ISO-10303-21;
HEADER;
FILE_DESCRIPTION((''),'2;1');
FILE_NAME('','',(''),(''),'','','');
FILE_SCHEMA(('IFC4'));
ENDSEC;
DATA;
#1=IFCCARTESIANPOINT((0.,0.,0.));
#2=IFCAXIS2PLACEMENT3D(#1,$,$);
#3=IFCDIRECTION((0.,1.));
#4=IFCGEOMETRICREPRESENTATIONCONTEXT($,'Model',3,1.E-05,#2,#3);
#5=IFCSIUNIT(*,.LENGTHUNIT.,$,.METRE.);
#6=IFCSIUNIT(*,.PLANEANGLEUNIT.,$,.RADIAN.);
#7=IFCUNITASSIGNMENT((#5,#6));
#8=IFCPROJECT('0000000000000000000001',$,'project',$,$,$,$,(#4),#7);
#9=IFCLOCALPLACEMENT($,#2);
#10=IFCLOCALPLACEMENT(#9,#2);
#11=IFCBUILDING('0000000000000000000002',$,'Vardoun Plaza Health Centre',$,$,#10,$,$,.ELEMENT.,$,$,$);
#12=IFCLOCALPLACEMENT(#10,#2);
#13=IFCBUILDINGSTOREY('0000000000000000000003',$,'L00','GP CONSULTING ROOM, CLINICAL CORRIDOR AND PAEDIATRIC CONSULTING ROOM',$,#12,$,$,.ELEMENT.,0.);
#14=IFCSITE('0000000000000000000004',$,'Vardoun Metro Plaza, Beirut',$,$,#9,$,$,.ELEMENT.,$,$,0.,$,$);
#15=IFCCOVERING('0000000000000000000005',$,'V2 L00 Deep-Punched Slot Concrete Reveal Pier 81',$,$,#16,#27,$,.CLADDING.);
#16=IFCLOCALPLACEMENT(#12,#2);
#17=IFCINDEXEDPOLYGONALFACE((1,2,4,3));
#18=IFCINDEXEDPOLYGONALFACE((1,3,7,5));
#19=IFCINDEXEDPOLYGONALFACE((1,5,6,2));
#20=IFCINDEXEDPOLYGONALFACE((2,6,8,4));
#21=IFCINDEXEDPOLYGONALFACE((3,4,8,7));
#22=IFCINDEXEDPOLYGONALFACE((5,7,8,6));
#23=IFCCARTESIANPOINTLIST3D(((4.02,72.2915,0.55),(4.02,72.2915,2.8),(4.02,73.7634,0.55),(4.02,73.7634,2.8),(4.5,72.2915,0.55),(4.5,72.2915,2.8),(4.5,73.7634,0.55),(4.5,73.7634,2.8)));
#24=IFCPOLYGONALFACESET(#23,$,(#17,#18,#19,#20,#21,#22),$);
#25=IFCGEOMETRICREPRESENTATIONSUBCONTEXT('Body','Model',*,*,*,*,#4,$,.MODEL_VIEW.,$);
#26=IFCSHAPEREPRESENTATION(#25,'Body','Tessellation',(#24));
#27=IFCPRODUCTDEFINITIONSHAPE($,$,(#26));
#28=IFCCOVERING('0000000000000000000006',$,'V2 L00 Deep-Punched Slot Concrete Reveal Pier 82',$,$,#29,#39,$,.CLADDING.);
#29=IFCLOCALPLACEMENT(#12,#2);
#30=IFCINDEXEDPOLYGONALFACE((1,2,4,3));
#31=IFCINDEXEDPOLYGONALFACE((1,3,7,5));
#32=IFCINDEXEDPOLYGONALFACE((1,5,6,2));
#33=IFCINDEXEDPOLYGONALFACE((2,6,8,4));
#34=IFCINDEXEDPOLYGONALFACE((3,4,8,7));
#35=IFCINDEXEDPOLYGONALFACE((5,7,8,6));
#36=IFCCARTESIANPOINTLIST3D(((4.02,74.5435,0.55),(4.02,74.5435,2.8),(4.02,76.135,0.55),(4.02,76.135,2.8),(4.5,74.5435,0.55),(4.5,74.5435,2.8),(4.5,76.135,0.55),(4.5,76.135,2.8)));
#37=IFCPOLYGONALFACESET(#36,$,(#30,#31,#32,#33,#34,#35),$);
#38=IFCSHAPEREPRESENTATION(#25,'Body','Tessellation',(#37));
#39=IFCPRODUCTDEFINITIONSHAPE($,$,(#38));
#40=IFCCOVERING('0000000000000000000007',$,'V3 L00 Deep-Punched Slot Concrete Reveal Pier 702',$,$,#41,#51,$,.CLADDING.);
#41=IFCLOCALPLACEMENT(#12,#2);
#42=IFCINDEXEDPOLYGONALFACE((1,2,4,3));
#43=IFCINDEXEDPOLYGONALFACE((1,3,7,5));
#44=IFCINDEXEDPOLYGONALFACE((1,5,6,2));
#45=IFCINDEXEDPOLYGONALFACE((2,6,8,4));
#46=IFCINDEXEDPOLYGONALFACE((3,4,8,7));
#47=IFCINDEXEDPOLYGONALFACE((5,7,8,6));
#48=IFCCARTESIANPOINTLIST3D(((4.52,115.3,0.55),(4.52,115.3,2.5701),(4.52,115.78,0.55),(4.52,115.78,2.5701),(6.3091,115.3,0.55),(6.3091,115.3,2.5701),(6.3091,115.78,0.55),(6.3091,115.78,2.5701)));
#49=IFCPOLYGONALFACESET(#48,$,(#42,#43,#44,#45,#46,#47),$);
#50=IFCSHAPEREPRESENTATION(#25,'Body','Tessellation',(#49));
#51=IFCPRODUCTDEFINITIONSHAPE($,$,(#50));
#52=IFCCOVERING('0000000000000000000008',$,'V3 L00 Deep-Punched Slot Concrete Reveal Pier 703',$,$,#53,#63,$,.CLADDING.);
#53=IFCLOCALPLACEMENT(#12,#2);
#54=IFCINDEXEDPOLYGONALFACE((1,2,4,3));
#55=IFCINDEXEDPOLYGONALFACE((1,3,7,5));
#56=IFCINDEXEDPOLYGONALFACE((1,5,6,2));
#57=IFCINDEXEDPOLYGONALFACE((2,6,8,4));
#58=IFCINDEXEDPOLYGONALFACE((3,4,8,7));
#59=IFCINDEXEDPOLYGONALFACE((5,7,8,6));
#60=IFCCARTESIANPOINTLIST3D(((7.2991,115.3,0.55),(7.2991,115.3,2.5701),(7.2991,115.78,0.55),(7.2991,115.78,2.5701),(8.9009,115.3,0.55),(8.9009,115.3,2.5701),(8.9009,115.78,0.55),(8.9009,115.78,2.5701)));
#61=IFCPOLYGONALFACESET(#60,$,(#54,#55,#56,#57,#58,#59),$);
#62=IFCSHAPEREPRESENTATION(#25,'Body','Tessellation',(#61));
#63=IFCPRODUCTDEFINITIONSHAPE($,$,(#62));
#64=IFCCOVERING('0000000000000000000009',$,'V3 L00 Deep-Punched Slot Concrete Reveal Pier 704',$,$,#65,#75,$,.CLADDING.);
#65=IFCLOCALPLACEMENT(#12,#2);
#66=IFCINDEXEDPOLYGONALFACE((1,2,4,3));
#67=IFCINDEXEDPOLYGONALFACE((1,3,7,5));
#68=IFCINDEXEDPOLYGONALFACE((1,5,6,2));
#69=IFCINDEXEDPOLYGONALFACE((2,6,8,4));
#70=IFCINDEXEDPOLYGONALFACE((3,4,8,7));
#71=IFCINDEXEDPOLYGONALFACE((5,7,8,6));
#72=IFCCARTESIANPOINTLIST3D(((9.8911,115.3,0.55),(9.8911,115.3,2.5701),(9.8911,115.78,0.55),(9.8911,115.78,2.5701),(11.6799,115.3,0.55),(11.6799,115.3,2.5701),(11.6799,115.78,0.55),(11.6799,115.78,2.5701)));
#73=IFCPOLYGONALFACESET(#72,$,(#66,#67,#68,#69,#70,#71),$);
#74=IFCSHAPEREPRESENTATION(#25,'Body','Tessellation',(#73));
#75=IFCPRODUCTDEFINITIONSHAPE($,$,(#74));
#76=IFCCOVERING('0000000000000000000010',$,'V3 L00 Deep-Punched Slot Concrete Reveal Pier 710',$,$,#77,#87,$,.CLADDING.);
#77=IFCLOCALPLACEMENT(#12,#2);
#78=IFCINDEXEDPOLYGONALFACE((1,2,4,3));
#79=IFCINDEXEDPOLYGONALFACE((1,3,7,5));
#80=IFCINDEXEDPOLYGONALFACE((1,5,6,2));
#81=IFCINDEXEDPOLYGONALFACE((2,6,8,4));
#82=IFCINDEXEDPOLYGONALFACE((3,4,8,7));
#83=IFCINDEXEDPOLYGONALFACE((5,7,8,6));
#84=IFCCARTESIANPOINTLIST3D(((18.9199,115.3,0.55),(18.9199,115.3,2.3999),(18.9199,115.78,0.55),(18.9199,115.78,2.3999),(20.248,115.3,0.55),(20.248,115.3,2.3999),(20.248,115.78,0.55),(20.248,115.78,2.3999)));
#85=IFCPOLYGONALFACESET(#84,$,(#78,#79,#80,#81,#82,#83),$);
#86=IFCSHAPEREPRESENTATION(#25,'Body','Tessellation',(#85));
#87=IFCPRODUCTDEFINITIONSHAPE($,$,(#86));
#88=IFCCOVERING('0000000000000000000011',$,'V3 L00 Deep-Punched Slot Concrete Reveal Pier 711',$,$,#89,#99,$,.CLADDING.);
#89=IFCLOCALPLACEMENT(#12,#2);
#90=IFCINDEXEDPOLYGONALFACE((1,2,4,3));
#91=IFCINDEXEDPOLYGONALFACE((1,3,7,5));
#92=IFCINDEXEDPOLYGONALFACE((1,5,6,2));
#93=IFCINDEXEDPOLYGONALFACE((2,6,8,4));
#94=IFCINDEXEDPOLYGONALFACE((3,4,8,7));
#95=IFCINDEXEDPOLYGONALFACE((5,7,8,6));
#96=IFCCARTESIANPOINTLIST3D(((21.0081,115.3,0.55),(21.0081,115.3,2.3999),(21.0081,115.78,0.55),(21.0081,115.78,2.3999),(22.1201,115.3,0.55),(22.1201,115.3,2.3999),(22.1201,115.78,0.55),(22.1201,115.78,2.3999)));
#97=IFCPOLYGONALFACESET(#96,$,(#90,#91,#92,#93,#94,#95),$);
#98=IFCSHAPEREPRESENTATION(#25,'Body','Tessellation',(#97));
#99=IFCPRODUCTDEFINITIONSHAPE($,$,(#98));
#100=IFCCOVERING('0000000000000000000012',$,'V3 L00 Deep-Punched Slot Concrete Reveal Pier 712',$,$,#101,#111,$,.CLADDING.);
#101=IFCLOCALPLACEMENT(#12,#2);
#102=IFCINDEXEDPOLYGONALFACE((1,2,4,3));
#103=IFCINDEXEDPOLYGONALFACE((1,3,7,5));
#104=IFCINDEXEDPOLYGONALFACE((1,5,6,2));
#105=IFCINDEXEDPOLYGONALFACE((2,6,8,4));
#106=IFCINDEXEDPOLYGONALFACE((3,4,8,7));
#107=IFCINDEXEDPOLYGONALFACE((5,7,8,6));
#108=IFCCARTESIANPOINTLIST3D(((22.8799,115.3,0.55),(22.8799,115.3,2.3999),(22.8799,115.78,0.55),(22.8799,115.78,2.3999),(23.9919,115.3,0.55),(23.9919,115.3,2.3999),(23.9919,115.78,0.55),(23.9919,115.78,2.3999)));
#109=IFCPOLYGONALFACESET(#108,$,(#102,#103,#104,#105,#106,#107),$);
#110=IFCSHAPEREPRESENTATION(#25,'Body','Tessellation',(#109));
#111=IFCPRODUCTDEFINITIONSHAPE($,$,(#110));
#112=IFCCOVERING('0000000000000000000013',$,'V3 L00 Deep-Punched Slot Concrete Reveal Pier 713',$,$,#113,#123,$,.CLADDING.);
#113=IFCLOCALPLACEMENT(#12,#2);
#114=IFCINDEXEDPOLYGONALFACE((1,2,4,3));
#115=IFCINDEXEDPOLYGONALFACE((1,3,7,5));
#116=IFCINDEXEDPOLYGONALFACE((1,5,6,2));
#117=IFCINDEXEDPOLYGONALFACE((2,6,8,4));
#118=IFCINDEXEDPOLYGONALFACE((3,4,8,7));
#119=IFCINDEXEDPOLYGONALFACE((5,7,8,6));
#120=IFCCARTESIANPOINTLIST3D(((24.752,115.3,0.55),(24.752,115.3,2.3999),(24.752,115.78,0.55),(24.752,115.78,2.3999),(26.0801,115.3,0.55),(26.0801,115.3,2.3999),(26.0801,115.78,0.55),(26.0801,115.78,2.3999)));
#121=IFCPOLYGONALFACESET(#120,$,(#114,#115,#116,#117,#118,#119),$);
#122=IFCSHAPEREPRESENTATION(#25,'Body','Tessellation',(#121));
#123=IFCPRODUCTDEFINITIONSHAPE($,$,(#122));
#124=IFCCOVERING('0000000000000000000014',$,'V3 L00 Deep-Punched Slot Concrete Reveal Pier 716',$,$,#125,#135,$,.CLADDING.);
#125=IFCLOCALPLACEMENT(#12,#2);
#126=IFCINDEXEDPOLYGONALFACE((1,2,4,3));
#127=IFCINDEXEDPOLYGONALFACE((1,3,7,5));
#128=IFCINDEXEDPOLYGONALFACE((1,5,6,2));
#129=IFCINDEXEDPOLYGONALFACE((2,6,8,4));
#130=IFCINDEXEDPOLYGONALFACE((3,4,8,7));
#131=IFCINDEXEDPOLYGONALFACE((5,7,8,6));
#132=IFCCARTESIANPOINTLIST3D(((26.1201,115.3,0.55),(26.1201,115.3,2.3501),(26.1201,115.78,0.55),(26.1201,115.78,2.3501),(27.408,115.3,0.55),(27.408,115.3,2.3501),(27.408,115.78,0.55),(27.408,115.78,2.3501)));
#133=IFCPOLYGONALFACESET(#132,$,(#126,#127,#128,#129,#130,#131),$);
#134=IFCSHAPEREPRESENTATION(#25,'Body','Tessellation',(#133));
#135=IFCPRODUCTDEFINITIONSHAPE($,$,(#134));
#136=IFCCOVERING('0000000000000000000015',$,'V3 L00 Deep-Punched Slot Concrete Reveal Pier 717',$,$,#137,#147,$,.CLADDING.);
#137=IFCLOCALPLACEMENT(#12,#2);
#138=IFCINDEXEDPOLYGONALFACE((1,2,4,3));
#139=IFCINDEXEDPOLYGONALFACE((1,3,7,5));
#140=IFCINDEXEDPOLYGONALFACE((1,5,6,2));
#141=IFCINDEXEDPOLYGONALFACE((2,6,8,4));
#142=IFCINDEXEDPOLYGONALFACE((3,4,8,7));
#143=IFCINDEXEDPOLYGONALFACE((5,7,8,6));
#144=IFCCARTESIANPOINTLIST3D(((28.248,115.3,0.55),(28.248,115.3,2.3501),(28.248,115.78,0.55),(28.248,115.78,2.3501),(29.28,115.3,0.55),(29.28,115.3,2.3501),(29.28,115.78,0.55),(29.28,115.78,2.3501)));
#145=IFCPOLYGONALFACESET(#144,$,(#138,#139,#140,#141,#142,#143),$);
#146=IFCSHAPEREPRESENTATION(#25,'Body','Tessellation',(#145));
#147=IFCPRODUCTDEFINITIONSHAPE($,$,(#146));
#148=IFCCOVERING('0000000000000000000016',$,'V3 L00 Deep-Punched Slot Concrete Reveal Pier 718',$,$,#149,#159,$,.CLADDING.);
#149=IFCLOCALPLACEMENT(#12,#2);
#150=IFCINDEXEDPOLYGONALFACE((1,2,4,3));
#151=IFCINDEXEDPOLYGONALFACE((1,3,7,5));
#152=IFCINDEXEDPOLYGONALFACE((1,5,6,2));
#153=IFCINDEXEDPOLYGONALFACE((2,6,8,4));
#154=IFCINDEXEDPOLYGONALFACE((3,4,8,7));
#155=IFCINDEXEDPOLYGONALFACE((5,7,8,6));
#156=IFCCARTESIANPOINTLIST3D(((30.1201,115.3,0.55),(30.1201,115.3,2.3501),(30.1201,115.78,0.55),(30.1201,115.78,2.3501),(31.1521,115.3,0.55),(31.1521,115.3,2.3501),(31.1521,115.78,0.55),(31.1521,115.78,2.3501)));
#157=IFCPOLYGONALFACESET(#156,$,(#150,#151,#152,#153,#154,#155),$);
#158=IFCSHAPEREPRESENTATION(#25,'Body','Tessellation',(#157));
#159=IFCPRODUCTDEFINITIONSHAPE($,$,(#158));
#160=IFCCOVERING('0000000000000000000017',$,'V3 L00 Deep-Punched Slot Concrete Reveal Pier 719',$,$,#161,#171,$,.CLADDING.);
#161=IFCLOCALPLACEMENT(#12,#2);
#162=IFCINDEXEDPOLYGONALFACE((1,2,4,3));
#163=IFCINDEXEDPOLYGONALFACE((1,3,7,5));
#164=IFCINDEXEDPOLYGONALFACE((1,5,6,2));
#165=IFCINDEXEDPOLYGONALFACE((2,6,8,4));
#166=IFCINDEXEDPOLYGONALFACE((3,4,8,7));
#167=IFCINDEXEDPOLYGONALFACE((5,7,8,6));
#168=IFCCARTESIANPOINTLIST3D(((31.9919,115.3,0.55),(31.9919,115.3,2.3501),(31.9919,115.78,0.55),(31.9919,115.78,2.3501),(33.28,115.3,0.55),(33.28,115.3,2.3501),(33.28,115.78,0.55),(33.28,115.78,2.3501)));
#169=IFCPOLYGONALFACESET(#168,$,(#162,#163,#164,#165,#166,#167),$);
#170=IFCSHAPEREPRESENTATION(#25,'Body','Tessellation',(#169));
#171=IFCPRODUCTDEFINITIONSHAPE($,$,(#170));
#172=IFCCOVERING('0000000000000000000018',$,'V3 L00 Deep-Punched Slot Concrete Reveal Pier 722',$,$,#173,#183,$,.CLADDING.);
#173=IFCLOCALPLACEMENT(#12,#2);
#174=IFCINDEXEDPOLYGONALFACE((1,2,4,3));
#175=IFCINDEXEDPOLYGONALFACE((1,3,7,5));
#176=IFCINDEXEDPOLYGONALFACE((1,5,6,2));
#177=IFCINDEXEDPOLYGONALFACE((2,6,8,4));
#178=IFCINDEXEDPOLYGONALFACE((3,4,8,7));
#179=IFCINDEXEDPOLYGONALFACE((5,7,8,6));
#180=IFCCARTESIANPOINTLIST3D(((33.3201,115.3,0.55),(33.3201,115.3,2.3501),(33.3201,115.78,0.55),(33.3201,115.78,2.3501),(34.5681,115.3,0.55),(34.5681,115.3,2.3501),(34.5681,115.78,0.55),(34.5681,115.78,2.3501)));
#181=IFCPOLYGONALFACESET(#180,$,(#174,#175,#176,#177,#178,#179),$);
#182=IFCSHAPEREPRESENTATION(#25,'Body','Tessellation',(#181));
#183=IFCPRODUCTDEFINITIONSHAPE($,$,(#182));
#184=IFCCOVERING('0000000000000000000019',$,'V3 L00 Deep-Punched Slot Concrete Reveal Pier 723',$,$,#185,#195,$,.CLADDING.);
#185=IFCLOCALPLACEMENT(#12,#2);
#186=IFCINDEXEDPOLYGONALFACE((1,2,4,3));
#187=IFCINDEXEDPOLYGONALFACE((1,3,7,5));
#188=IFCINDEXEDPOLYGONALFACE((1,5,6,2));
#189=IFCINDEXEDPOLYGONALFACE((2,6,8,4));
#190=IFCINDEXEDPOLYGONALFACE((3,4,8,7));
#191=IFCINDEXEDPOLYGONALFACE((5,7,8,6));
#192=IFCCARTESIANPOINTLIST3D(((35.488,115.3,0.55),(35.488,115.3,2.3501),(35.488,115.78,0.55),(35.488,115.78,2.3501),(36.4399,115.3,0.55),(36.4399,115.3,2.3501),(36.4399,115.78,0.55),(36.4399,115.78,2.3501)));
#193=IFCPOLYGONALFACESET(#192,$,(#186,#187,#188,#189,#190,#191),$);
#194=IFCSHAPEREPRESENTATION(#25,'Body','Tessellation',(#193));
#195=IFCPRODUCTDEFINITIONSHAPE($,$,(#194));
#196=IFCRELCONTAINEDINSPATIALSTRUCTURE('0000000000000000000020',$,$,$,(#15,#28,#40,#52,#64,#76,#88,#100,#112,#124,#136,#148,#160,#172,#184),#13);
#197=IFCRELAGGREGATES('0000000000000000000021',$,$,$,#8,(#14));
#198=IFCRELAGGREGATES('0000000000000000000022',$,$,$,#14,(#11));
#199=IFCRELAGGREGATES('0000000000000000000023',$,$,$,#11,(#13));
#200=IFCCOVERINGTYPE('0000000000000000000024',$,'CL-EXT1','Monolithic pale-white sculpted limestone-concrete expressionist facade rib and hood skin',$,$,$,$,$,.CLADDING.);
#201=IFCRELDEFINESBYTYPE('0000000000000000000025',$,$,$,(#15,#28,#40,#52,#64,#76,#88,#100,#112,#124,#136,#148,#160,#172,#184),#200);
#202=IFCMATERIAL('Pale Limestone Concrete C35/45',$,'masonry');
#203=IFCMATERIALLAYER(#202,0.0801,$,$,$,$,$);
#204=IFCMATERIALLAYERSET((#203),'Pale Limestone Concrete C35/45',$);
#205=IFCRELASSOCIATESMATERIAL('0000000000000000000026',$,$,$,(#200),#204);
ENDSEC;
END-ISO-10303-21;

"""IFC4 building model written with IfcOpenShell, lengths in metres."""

from ifc_helpers import new_model, si_unit, direction, frame, origin, place, context, subcontext, project, spatial, polyline, outline, extrude, material, layer, layer_set, type_object, element, save


model = new_model("IFC4")

# Units and contexts
model_context = context("Model", 3, precision=1e-05, world=origin(), true_north=direction((0.0, 1.0)))
body_context = subcontext(model_context, "Body", "Model", "MODEL_VIEW")
ifc_project = project(units=[si_unit("LENGTHUNIT", "METRE"), si_unit("PLANEANGLEUNIT", "RADIAN")], contexts=[model_context])

# Site, building, storey
site_placement = place(None, origin())
site = spatial("IfcSite", under=ifc_project, at=site_placement, Name="Vardoun Metro Plaza, Beirut", CompositionType="ELEMENT", RefElevation=0.0)
building_placement = place(site_placement, origin())
building = spatial("IfcBuilding", under=site, at=building_placement, Name="Vardoun Plaza Health Centre", CompositionType="ELEMENT")
storey_placement = place(building_placement, origin())
storey = spatial("IfcBuildingStorey", under=building, at=storey_placement, Name="L00", Description="GP CONSULTING ROOM, CLINICAL CORRIDOR AND PAEDIATRIC CONSULTING ROOM", CompositionType="ELEMENT", Elevation=0.0)

# Coverings
ifc_material = material(Name="Pale Limestone Concrete C35/45", Category="masonry")
ifc_layer = layer(ifc_material, 0.0801)
ifc_layer_set = layer_set([ifc_layer], Name="Pale Limestone Concrete C35/45")
covering_type = type_object("IfcCoveringType", Name="CL-EXT1", Description="Monolithic pale-white sculpted limestone-concrete expressionist facade rib and hood skin", PredefinedType="CLADDING", material=ifc_layer_set)
covering_1_placement = place(storey_placement, frame((0.0, 0.0, 0.55)))
element("IfcCovering", 1, at=covering_1_placement, inside=storey, type_object=covering_type, Name="V2 L00 Deep-Punched Slot Concrete Reveal Pier 81", PredefinedType="CLADDING", context=body_context, shape_type="SweptSolid", body=[
    extrude(outline(polyline([(4.5, 72.2915), (4.5, 73.7634), (4.02, 73.7634), (4.02, 72.2915), (4.5, 72.2915)])), origin(), (0.0, 0.0, 1.0), 2.25),
])
covering_2_placement = place(storey_placement, frame((0.0, 0.0, 0.55)))
element("IfcCovering", 2, at=covering_2_placement, inside=storey, type_object=covering_type, Name="V2 L00 Deep-Punched Slot Concrete Reveal Pier 82", PredefinedType="CLADDING", context=body_context, shape_type="SweptSolid", body=[
    extrude(outline(polyline([(4.5, 74.5435), (4.5, 76.135), (4.02, 76.135), (4.02, 74.5435), (4.5, 74.5435)])), origin(), (0.0, 0.0, 1.0), 2.25),
])
covering_3_placement = place(storey_placement, frame((0.0, 0.0, 0.55)))
element("IfcCovering", 3, at=covering_3_placement, inside=storey, type_object=covering_type, Name="V3 L00 Deep-Punched Slot Concrete Reveal Pier 702", PredefinedType="CLADDING", context=body_context, shape_type="SweptSolid", body=[
    extrude(outline(polyline([(4.52, 115.3), (6.3091, 115.3), (6.3091, 115.78), (4.52, 115.78), (4.52, 115.3)])), origin(), (0.0, 0.0, 1.0), 2.02),
])
covering_4_placement = place(storey_placement, frame((0.0, 0.0, 0.55)))
element("IfcCovering", 4, at=covering_4_placement, inside=storey, type_object=covering_type, Name="V3 L00 Deep-Punched Slot Concrete Reveal Pier 703", PredefinedType="CLADDING", context=body_context, shape_type="SweptSolid", body=[
    extrude(outline(polyline([(7.2991, 115.3), (8.9009, 115.3), (8.9009, 115.78), (7.2991, 115.78), (7.2991, 115.3)])), origin(), (0.0, 0.0, 1.0), 2.02),
])
covering_5_placement = place(storey_placement, frame((0.0, 0.0, 0.55)))
element("IfcCovering", 5, at=covering_5_placement, inside=storey, type_object=covering_type, Name="V3 L00 Deep-Punched Slot Concrete Reveal Pier 704", PredefinedType="CLADDING", context=body_context, shape_type="SweptSolid", body=[
    extrude(outline(polyline([(9.8911, 115.3), (11.6799, 115.3), (11.6799, 115.78), (9.8911, 115.78), (9.8911, 115.3)])), origin(), (0.0, 0.0, 1.0), 2.02),
])
covering_6_placement = place(storey_placement, frame((0.0, 0.0, 0.55)))
element("IfcCovering", 6, at=covering_6_placement, inside=storey, type_object=covering_type, Name="V3 L00 Deep-Punched Slot Concrete Reveal Pier 710", PredefinedType="CLADDING", context=body_context, shape_type="SweptSolid", body=[
    extrude(outline(polyline([(18.9199, 115.3), (20.248, 115.3), (20.248, 115.78), (18.9199, 115.78), (18.9199, 115.3)])), origin(), (0.0, 0.0, 1.0), 1.8499),
])
covering_7_placement = place(storey_placement, frame((0.0, 0.0, 0.55)))
element("IfcCovering", 7, at=covering_7_placement, inside=storey, type_object=covering_type, Name="V3 L00 Deep-Punched Slot Concrete Reveal Pier 711", PredefinedType="CLADDING", context=body_context, shape_type="SweptSolid", body=[
    extrude(outline(polyline([(21.0081, 115.3), (22.1201, 115.3), (22.1201, 115.78), (21.0081, 115.78), (21.0081, 115.3)])), origin(), (0.0, 0.0, 1.0), 1.8499),
])
covering_8_placement = place(storey_placement, frame((0.0, 0.0, 0.55)))
element("IfcCovering", 8, at=covering_8_placement, inside=storey, type_object=covering_type, Name="V3 L00 Deep-Punched Slot Concrete Reveal Pier 712", PredefinedType="CLADDING", context=body_context, shape_type="SweptSolid", body=[
    extrude(outline(polyline([(22.8799, 115.3), (23.9919, 115.3), (23.9919, 115.78), (22.8799, 115.78), (22.8799, 115.3)])), origin(), (0.0, 0.0, 1.0), 1.8499),
])
covering_9_placement = place(storey_placement, frame((0.0, 0.0, 0.55)))
element("IfcCovering", 9, at=covering_9_placement, inside=storey, type_object=covering_type, Name="V3 L00 Deep-Punched Slot Concrete Reveal Pier 713", PredefinedType="CLADDING", context=body_context, shape_type="SweptSolid", body=[
    extrude(outline(polyline([(24.752, 115.3), (26.0801, 115.3), (26.0801, 115.78), (24.752, 115.78), (24.752, 115.3)])), origin(), (0.0, 0.0, 1.0), 1.8499),
])
covering_10_placement = place(storey_placement, frame((0.0, 0.0, 0.55)))
element("IfcCovering", 10, at=covering_10_placement, inside=storey, type_object=covering_type, Name="V3 L00 Deep-Punched Slot Concrete Reveal Pier 716", PredefinedType="CLADDING", context=body_context, shape_type="SweptSolid", body=[
    extrude(outline(polyline([(26.1201, 115.3), (27.408, 115.3), (27.408, 115.78), (26.1201, 115.78), (26.1201, 115.3)])), origin(), (0.0, 0.0, 1.0), 1.8),
])
covering_11_placement = place(storey_placement, frame((0.0, 0.0, 0.55)))
element("IfcCovering", 11, at=covering_11_placement, inside=storey, type_object=covering_type, Name="V3 L00 Deep-Punched Slot Concrete Reveal Pier 717", PredefinedType="CLADDING", context=body_context, shape_type="SweptSolid", body=[
    extrude(outline(polyline([(28.248, 115.3), (29.28, 115.3), (29.28, 115.78), (28.248, 115.78), (28.248, 115.3)])), origin(), (0.0, 0.0, 1.0), 1.8),
])
covering_12_placement = place(storey_placement, frame((0.0, 0.0, 0.55)))
element("IfcCovering", 12, at=covering_12_placement, inside=storey, type_object=covering_type, Name="V3 L00 Deep-Punched Slot Concrete Reveal Pier 718", PredefinedType="CLADDING", context=body_context, shape_type="SweptSolid", body=[
    extrude(outline(polyline([(30.1201, 115.3), (31.1521, 115.3), (31.1521, 115.78), (30.1201, 115.78), (30.1201, 115.3)])), origin(), (0.0, 0.0, 1.0), 1.8),
])
covering_13_placement = place(storey_placement, frame((0.0, 0.0, 0.55)))
element("IfcCovering", 13, at=covering_13_placement, inside=storey, type_object=covering_type, Name="V3 L00 Deep-Punched Slot Concrete Reveal Pier 719", PredefinedType="CLADDING", context=body_context, shape_type="SweptSolid", body=[
    extrude(outline(polyline([(31.9919, 115.3), (33.28, 115.3), (33.28, 115.78), (31.9919, 115.78), (31.9919, 115.3)])), origin(), (0.0, 0.0, 1.0), 1.8),
])
covering_14_placement = place(storey_placement, frame((0.0, 0.0, 0.55)))
element("IfcCovering", 14, at=covering_14_placement, inside=storey, type_object=covering_type, Name="V3 L00 Deep-Punched Slot Concrete Reveal Pier 722", PredefinedType="CLADDING", context=body_context, shape_type="SweptSolid", body=[
    extrude(outline(polyline([(33.3201, 115.3), (34.5681, 115.3), (34.5681, 115.78), (33.3201, 115.78), (33.3201, 115.3)])), origin(), (0.0, 0.0, 1.0), 1.8),
])
covering_15_placement = place(storey_placement, frame((0.0, 0.0, 0.55)))
element("IfcCovering", 15, at=covering_15_placement, inside=storey, type_object=covering_type, Name="V3 L00 Deep-Punched Slot Concrete Reveal Pier 723", PredefinedType="CLADDING", context=body_context, shape_type="SweptSolid", body=[
    extrude(outline(polyline([(35.488, 115.3), (36.4399, 115.3), (36.4399, 115.78), (35.488, 115.78), (35.488, 115.3)])), origin(), (0.0, 0.0, 1.0), 1.8),
])

save(model, "model.ifc")
